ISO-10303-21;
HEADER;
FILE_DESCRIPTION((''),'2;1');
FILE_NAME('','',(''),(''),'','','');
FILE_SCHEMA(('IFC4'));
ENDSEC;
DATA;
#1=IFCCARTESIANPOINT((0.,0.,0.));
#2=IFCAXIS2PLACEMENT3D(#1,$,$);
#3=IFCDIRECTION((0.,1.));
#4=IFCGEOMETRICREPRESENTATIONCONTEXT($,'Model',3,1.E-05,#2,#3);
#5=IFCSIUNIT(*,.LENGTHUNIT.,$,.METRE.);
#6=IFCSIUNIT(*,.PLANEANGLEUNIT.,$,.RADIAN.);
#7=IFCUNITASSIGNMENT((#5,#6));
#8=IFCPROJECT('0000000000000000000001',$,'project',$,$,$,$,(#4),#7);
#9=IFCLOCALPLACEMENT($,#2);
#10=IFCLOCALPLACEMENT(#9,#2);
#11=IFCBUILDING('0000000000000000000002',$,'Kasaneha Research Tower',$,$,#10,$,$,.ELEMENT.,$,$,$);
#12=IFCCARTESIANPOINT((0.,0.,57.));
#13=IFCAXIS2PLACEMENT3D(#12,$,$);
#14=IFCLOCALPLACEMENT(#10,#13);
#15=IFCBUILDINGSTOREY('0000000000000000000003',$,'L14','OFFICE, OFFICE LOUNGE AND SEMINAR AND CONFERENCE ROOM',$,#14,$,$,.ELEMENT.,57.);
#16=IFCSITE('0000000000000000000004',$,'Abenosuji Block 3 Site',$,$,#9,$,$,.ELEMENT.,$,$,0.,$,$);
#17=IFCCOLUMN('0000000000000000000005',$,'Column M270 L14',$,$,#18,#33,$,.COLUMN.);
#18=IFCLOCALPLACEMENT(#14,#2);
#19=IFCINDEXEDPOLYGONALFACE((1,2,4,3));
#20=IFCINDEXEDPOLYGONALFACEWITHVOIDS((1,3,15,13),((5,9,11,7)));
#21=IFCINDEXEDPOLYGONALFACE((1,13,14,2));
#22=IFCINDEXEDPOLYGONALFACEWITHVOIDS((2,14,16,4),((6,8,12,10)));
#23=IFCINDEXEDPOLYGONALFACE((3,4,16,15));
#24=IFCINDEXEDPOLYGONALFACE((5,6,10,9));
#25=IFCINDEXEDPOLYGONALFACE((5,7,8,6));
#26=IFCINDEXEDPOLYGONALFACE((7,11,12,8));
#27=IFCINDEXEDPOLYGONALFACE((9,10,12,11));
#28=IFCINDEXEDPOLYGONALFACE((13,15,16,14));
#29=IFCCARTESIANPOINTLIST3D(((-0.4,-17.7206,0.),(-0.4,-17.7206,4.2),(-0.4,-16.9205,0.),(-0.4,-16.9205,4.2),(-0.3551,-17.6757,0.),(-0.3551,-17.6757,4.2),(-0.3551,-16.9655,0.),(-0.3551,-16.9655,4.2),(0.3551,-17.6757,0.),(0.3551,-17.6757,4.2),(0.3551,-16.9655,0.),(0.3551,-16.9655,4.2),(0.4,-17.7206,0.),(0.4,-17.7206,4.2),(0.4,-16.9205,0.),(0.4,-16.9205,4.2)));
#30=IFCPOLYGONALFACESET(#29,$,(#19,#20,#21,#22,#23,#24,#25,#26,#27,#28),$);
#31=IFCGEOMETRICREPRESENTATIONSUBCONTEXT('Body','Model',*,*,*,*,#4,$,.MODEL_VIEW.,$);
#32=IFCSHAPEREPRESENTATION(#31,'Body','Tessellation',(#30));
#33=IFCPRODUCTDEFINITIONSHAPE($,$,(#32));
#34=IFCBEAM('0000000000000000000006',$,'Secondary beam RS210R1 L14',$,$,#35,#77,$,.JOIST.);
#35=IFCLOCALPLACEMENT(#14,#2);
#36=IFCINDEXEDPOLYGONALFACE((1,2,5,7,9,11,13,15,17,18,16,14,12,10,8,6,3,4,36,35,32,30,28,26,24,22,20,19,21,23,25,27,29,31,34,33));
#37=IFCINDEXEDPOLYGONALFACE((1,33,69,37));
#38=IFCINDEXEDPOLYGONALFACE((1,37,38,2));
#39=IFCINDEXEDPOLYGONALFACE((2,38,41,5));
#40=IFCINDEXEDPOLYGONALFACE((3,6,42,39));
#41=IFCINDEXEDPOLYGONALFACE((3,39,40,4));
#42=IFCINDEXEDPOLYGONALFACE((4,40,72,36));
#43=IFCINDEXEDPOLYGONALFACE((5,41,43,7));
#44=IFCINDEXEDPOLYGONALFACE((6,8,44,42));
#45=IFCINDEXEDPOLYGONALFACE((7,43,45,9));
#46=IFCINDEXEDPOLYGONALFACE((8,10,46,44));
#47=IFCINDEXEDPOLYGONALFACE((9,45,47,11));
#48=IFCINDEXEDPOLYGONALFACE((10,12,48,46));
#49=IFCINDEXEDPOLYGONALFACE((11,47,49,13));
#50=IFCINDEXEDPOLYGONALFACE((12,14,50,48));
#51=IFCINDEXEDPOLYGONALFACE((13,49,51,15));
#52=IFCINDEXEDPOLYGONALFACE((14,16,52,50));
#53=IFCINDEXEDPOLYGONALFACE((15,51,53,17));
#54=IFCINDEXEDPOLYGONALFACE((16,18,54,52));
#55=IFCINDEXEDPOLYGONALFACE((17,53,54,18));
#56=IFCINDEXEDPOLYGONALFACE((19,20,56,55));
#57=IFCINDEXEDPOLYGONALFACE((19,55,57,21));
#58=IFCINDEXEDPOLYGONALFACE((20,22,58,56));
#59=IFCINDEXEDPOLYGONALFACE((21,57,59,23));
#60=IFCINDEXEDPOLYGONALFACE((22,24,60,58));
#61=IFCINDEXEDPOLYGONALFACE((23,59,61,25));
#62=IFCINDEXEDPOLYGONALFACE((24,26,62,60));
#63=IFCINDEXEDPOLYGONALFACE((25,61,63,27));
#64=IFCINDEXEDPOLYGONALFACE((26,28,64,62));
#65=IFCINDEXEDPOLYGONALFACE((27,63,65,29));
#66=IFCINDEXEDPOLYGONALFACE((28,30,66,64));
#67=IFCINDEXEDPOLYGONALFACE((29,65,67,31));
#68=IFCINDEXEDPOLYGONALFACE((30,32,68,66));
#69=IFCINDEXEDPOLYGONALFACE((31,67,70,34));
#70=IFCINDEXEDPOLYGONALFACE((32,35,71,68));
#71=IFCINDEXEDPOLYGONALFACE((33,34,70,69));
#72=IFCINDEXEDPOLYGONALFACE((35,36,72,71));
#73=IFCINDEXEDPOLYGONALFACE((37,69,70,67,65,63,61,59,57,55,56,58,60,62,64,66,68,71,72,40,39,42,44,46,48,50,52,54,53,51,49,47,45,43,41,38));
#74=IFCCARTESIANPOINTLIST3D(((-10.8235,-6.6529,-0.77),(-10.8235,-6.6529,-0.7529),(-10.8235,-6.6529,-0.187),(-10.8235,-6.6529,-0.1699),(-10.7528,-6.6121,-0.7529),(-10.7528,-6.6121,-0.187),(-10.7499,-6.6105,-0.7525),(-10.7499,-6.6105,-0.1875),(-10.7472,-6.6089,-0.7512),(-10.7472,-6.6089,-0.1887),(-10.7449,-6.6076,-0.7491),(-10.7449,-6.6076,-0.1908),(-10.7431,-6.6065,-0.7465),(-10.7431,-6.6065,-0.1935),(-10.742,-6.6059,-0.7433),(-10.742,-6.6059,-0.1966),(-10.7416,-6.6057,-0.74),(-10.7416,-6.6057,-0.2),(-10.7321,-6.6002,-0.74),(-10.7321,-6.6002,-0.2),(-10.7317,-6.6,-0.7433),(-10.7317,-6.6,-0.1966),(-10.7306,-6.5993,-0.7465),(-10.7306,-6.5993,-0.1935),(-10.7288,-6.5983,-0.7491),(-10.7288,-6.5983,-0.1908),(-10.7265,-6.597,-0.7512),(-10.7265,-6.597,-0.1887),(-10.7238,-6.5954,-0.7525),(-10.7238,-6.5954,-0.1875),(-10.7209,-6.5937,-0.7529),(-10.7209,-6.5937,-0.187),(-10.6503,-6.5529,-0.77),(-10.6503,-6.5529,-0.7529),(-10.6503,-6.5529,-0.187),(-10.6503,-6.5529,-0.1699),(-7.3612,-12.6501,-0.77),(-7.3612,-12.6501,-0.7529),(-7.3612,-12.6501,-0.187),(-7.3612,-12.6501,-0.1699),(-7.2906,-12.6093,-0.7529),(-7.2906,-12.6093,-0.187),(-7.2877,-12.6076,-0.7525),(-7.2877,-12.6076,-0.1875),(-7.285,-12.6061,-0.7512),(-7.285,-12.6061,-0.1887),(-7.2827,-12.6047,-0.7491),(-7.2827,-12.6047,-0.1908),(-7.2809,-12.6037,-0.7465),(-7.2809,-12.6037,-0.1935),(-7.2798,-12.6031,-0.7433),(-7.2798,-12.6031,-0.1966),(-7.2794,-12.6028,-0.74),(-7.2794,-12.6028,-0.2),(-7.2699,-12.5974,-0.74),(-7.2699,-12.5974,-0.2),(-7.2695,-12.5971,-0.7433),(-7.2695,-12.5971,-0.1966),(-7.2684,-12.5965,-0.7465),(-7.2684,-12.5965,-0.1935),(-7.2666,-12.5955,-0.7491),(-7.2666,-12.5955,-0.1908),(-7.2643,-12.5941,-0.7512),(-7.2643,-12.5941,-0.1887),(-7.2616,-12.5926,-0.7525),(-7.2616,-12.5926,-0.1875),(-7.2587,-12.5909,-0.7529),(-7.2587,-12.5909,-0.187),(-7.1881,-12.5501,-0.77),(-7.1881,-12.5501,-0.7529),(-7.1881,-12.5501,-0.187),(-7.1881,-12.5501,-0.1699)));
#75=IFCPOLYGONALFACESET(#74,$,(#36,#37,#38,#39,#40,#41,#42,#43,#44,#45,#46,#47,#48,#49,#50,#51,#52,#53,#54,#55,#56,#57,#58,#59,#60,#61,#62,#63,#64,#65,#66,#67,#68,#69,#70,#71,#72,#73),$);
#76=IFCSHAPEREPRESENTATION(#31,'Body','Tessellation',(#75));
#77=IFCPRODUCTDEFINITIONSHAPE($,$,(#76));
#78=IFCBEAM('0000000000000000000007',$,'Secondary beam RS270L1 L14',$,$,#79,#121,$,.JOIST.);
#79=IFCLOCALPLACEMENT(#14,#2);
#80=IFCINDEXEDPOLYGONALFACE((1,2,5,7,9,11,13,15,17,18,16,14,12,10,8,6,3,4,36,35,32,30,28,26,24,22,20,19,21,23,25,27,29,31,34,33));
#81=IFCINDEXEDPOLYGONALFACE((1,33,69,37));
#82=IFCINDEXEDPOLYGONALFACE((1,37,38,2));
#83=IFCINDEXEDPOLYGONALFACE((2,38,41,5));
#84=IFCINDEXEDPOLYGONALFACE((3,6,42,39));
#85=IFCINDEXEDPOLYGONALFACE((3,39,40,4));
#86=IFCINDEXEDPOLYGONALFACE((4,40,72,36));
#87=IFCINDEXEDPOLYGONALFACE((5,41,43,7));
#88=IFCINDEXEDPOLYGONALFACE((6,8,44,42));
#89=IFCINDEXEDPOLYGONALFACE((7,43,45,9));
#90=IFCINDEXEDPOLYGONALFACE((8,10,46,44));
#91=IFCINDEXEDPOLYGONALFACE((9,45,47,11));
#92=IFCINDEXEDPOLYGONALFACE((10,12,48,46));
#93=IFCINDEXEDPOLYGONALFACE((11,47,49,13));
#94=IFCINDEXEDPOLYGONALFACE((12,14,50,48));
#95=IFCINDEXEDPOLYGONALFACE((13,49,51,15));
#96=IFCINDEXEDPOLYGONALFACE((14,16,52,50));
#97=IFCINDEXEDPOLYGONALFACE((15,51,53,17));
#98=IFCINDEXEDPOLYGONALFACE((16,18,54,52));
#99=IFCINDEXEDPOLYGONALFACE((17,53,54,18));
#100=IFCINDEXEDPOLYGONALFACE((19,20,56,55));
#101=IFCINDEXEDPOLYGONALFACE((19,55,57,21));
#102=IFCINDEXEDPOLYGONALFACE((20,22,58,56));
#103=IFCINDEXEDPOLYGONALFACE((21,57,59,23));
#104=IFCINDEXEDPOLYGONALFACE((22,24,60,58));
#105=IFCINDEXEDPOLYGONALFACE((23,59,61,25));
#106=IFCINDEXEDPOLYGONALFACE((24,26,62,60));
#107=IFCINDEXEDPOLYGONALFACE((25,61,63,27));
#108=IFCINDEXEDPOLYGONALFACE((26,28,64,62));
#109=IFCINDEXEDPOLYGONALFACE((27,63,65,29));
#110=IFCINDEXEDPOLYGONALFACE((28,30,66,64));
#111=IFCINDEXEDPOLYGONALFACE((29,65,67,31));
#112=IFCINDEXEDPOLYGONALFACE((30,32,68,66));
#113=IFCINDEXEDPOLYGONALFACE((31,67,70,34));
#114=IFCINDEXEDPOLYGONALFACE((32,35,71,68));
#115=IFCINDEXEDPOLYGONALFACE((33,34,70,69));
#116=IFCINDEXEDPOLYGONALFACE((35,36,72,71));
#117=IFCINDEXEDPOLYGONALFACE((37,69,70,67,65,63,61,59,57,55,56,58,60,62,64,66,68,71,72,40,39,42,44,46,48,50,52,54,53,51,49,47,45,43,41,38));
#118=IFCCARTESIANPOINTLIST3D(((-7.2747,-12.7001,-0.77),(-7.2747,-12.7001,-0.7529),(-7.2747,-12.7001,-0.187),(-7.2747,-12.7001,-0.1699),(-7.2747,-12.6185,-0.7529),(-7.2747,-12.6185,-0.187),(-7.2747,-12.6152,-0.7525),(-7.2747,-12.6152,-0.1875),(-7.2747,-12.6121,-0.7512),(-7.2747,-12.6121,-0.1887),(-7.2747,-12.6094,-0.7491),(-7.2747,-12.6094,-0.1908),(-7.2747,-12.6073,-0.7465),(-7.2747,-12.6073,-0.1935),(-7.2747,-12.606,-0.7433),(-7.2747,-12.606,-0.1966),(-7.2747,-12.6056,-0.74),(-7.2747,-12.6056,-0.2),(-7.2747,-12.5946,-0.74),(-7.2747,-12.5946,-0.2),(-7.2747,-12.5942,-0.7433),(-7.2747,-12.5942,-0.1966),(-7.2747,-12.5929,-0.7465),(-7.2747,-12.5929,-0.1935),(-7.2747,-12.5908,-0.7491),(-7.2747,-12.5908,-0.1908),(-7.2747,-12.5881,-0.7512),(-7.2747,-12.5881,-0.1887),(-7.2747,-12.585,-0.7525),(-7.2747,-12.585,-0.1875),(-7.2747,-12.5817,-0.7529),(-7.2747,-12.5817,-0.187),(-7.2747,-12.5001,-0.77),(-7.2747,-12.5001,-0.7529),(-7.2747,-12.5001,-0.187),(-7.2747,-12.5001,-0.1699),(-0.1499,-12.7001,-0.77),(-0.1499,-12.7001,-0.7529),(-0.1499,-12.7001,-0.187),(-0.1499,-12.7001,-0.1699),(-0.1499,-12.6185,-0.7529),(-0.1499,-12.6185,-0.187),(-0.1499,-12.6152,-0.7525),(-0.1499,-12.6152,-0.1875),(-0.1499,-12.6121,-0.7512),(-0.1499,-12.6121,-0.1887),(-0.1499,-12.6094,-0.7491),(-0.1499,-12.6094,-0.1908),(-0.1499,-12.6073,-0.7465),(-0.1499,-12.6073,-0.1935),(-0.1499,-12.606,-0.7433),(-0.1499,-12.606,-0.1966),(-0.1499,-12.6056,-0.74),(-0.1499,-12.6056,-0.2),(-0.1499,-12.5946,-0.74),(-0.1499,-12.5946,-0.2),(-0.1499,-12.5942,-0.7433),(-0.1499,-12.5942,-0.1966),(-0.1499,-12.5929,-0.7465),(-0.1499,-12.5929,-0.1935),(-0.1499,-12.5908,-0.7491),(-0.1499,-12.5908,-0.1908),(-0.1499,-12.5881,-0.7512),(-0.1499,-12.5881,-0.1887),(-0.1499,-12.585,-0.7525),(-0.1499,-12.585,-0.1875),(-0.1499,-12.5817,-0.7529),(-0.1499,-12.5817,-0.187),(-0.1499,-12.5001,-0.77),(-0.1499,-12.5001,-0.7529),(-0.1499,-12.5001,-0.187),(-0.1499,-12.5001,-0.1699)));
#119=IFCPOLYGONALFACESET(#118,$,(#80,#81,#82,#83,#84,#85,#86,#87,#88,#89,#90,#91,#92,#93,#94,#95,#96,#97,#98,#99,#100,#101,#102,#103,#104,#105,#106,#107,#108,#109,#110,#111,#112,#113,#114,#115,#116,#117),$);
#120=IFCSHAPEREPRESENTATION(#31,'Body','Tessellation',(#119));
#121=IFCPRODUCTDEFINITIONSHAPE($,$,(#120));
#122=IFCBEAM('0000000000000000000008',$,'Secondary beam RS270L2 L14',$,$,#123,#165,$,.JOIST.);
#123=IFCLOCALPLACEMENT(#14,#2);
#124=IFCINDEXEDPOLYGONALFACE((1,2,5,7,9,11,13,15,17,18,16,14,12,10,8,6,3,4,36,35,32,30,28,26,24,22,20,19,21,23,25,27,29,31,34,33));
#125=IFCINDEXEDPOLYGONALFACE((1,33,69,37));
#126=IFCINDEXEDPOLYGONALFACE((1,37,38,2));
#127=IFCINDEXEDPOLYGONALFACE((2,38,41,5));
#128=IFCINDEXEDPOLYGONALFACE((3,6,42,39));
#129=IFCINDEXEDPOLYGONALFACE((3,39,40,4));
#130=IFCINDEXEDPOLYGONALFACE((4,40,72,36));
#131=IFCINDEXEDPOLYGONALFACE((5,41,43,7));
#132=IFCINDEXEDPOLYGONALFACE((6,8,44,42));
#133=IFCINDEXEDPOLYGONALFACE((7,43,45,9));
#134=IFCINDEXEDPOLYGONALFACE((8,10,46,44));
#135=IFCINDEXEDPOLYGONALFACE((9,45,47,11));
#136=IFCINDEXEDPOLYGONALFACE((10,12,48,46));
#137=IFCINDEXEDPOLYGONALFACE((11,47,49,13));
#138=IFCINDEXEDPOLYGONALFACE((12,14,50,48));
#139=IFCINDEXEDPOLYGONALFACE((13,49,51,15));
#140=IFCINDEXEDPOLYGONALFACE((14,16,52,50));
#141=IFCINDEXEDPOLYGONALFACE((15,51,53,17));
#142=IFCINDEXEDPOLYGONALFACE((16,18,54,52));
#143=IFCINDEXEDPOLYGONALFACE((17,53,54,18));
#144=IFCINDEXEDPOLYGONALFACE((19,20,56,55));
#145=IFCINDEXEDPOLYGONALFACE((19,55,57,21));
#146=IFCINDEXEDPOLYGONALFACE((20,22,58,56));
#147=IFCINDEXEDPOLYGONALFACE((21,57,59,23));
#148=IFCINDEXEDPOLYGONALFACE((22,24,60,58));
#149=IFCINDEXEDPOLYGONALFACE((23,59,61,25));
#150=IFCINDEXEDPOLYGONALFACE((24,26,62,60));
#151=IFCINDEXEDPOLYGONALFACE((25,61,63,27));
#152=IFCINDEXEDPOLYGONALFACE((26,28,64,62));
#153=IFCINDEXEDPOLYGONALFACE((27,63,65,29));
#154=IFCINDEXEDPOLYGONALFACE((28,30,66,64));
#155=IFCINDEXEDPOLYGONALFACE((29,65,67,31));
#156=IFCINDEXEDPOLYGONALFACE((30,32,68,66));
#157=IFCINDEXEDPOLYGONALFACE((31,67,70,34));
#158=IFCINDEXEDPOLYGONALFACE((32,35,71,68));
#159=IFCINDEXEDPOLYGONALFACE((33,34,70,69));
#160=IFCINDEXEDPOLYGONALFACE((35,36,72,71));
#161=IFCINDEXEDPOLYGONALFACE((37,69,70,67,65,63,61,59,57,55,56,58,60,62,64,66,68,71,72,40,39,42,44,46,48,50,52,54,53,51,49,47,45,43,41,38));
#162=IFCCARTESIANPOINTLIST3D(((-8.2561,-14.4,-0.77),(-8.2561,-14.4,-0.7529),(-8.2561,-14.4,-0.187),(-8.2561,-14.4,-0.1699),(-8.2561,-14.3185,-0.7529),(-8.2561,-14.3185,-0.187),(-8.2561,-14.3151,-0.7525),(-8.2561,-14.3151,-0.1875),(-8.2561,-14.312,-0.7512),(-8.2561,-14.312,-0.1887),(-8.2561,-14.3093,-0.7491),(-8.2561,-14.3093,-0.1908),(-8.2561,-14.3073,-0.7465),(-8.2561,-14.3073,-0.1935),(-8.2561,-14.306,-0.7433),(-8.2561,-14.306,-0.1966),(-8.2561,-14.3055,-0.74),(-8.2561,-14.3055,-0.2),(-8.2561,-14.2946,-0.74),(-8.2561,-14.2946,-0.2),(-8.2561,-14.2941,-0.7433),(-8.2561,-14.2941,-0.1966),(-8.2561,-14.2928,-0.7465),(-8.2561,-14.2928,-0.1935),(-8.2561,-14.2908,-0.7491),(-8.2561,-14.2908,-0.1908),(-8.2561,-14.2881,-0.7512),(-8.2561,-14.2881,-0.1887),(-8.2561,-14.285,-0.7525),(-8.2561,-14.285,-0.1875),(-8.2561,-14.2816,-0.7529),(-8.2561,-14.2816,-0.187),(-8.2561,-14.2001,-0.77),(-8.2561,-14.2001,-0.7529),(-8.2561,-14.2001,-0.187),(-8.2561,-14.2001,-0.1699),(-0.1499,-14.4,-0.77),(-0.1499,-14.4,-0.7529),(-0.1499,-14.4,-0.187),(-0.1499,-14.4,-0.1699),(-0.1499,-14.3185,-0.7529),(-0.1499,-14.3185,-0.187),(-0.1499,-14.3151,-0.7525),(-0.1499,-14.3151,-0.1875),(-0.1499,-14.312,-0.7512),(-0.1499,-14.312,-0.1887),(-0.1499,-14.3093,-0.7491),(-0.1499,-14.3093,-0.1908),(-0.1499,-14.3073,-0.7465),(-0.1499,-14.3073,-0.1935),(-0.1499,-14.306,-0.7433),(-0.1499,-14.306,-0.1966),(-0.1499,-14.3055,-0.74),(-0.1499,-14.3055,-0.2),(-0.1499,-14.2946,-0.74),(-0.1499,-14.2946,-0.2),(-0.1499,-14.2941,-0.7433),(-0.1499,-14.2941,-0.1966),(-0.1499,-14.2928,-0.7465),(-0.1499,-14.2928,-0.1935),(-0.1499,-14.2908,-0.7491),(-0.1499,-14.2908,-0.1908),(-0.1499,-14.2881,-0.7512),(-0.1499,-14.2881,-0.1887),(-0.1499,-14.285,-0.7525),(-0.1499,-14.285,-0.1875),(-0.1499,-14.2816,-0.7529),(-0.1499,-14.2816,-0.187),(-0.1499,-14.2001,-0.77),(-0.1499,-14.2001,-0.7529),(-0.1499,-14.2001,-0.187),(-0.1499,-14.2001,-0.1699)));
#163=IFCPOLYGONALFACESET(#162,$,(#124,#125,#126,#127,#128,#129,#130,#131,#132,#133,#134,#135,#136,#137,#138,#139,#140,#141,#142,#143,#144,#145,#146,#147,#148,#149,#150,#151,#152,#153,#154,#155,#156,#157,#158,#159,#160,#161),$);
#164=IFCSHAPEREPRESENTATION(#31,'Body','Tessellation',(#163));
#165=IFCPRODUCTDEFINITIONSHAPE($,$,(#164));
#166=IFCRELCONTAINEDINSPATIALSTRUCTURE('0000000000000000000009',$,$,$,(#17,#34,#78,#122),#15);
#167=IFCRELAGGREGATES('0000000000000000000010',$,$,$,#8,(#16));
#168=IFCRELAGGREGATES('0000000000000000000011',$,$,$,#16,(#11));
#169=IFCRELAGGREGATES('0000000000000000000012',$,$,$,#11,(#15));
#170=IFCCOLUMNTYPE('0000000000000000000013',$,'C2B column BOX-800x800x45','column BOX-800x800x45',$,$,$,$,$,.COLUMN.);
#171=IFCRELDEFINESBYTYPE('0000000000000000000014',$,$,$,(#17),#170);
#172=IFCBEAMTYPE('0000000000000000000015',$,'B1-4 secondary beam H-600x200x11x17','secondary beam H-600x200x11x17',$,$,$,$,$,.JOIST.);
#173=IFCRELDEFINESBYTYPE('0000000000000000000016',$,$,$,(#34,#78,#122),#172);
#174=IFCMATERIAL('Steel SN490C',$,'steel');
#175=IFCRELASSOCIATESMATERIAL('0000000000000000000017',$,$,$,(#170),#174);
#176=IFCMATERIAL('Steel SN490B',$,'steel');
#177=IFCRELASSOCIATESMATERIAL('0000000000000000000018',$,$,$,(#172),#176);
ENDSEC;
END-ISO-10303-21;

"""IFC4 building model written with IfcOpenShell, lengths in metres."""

from ifc_helpers import new_model, si_unit, direction, frame, origin, origin_2d, place, context, subcontext, project, spatial, hollow_rectangle, i_section, extrude, material, material_profile, profile_set, type_object, element, save


model = new_model("IFC4")

# Units and contexts
model_context = context("Model", 3, precision=1e-05, world=origin(), true_north=direction((0.0, 1.0)))
body_context = subcontext(model_context, "Body", "Model", "MODEL_VIEW")
ifc_project = project(units=[si_unit("LENGTHUNIT", "METRE"), si_unit("PLANEANGLEUNIT", "RADIAN")], contexts=[model_context])

# Site, building, storey
site_placement = place(None, origin())
site = spatial("IfcSite", under=ifc_project, at=site_placement, Name="Abenosuji Block 3 Site", CompositionType="ELEMENT", RefElevation=0.0)
building_placement = place(site_placement, origin())
building = spatial("IfcBuilding", under=site, at=building_placement, Name="Kasaneha Research Tower", CompositionType="ELEMENT")
storey_placement = place(building_placement, frame((0.0, 0.0, 57.0)))
storey = spatial("IfcBuildingStorey", under=building, at=storey_placement, Name="L14", Description="OFFICE, OFFICE LOUNGE AND SEMINAR AND CONFERENCE ROOM", CompositionType="ELEMENT", Elevation=57.0)

# Column
ifc_material_1 = material(Name="Steel SN490C", Category="steel")
ifc_material_profile_1 = material_profile(ifc_material_1, hollow_rectangle(XDim=0.8, YDim=0.8, WallThickness=0.0449, at=origin_2d()), Name="BOX-800x800x45")
ifc_profile_set_1 = profile_set([ifc_material_profile_1], Name="Steel SN490C")
column_type = type_object("IfcColumnType", Name="C2B column BOX-800x800x45", Description="column BOX-800x800x45", PredefinedType="COLUMN", material=ifc_profile_set_1)
column_placement = place(storey_placement, frame((0.0, -17.3206, 0.0), z_axis=(0.0, 0.0, 1.0), x_axis=(1.0, 0.0, 0.0)))
element("IfcColumn", 1, at=column_placement, inside=storey, type_object=column_type, Name="Column M270 L14", PredefinedType="COLUMN", context=body_context, shape_type="SweptSolid", body=[
    extrude(hollow_rectangle(XDim=0.8, YDim=0.8, WallThickness=0.0449, at=origin_2d()), origin(), (0.0, 0.0, 1.0), 4.2),
])

# Beams
ifc_material_2 = material(Name="Steel SN490B", Category="steel")
ifc_material_profile_2 = material_profile(ifc_material_2, i_section(OverallWidth=0.2, OverallDepth=0.6001, WebThickness=0.011, FlangeThickness=0.0171, FilletRadius=0.0129, at=origin_2d()), Name="H-600x200x11x17")
ifc_profile_set_2 = profile_set([ifc_material_profile_2], Name="Steel SN490B")
beam_type_1 = type_object("IfcBeamType", Name="B1-4 secondary beam H-600x200x11x17", Description="secondary beam H-600x200x11x17", PredefinedType="JOIST", material=ifc_profile_set_2)
beam_1_placement = place(storey_placement, frame((-7.2747, -12.6001, -0.47), z_axis=(-0.499973, 0.866041, 0.0), x_axis=(-0.866041, -0.499973, 0.0)))
element("IfcBeam", 2, at=beam_1_placement, inside=storey, type_object=beam_type_1, Name="Secondary beam RS210R1 L14", PredefinedType="JOIST", context=body_context, shape_type="SweptSolid", body=[
    extrude(i_section(OverallWidth=0.2, OverallDepth=0.6001, WebThickness=0.011, FlangeThickness=0.0171, FilletRadius=0.0129, at=origin_2d()), origin(), (0.0, 0.0, 1.0), 6.9248),
])
beam_2_placement = place(storey_placement, frame((-7.2747, -12.6001, -0.47), z_axis=(1.0, 0.0, 0.0), x_axis=(0.0, 1.0, 0.0)))
element("IfcBeam", 3, at=beam_2_placement, inside=storey, type_object=beam_type_1, Name="Secondary beam RS270L1 L14", PredefinedType="JOIST", context=body_context, shape_type="SweptSolid", body=[
    extrude(i_section(OverallWidth=0.2, OverallDepth=0.6001, WebThickness=0.011, FlangeThickness=0.0171, FilletRadius=0.0129, at=origin_2d()), origin(), (0.0, 0.0, 1.0), 7.1248),
])
beam_3_placement = place(storey_placement, frame((-8.2561, -14.3, -0.47), z_axis=(1.0, 0.0, 0.0), x_axis=(0.0, 1.0, 0.0)))
element("IfcBeam", 4, at=beam_3_placement, inside=storey, type_object=beam_type_1, Name="Secondary beam RS270L2 L14", PredefinedType="JOIST", context=body_context, shape_type="SweptSolid", body=[
    extrude(i_section(OverallWidth=0.2, OverallDepth=0.6001, WebThickness=0.011, FlangeThickness=0.0171, FilletRadius=0.0129, at=origin_2d()), origin(), (0.0, 0.0, 1.0), 8.1062),
])

save(model, "model.ifc")
